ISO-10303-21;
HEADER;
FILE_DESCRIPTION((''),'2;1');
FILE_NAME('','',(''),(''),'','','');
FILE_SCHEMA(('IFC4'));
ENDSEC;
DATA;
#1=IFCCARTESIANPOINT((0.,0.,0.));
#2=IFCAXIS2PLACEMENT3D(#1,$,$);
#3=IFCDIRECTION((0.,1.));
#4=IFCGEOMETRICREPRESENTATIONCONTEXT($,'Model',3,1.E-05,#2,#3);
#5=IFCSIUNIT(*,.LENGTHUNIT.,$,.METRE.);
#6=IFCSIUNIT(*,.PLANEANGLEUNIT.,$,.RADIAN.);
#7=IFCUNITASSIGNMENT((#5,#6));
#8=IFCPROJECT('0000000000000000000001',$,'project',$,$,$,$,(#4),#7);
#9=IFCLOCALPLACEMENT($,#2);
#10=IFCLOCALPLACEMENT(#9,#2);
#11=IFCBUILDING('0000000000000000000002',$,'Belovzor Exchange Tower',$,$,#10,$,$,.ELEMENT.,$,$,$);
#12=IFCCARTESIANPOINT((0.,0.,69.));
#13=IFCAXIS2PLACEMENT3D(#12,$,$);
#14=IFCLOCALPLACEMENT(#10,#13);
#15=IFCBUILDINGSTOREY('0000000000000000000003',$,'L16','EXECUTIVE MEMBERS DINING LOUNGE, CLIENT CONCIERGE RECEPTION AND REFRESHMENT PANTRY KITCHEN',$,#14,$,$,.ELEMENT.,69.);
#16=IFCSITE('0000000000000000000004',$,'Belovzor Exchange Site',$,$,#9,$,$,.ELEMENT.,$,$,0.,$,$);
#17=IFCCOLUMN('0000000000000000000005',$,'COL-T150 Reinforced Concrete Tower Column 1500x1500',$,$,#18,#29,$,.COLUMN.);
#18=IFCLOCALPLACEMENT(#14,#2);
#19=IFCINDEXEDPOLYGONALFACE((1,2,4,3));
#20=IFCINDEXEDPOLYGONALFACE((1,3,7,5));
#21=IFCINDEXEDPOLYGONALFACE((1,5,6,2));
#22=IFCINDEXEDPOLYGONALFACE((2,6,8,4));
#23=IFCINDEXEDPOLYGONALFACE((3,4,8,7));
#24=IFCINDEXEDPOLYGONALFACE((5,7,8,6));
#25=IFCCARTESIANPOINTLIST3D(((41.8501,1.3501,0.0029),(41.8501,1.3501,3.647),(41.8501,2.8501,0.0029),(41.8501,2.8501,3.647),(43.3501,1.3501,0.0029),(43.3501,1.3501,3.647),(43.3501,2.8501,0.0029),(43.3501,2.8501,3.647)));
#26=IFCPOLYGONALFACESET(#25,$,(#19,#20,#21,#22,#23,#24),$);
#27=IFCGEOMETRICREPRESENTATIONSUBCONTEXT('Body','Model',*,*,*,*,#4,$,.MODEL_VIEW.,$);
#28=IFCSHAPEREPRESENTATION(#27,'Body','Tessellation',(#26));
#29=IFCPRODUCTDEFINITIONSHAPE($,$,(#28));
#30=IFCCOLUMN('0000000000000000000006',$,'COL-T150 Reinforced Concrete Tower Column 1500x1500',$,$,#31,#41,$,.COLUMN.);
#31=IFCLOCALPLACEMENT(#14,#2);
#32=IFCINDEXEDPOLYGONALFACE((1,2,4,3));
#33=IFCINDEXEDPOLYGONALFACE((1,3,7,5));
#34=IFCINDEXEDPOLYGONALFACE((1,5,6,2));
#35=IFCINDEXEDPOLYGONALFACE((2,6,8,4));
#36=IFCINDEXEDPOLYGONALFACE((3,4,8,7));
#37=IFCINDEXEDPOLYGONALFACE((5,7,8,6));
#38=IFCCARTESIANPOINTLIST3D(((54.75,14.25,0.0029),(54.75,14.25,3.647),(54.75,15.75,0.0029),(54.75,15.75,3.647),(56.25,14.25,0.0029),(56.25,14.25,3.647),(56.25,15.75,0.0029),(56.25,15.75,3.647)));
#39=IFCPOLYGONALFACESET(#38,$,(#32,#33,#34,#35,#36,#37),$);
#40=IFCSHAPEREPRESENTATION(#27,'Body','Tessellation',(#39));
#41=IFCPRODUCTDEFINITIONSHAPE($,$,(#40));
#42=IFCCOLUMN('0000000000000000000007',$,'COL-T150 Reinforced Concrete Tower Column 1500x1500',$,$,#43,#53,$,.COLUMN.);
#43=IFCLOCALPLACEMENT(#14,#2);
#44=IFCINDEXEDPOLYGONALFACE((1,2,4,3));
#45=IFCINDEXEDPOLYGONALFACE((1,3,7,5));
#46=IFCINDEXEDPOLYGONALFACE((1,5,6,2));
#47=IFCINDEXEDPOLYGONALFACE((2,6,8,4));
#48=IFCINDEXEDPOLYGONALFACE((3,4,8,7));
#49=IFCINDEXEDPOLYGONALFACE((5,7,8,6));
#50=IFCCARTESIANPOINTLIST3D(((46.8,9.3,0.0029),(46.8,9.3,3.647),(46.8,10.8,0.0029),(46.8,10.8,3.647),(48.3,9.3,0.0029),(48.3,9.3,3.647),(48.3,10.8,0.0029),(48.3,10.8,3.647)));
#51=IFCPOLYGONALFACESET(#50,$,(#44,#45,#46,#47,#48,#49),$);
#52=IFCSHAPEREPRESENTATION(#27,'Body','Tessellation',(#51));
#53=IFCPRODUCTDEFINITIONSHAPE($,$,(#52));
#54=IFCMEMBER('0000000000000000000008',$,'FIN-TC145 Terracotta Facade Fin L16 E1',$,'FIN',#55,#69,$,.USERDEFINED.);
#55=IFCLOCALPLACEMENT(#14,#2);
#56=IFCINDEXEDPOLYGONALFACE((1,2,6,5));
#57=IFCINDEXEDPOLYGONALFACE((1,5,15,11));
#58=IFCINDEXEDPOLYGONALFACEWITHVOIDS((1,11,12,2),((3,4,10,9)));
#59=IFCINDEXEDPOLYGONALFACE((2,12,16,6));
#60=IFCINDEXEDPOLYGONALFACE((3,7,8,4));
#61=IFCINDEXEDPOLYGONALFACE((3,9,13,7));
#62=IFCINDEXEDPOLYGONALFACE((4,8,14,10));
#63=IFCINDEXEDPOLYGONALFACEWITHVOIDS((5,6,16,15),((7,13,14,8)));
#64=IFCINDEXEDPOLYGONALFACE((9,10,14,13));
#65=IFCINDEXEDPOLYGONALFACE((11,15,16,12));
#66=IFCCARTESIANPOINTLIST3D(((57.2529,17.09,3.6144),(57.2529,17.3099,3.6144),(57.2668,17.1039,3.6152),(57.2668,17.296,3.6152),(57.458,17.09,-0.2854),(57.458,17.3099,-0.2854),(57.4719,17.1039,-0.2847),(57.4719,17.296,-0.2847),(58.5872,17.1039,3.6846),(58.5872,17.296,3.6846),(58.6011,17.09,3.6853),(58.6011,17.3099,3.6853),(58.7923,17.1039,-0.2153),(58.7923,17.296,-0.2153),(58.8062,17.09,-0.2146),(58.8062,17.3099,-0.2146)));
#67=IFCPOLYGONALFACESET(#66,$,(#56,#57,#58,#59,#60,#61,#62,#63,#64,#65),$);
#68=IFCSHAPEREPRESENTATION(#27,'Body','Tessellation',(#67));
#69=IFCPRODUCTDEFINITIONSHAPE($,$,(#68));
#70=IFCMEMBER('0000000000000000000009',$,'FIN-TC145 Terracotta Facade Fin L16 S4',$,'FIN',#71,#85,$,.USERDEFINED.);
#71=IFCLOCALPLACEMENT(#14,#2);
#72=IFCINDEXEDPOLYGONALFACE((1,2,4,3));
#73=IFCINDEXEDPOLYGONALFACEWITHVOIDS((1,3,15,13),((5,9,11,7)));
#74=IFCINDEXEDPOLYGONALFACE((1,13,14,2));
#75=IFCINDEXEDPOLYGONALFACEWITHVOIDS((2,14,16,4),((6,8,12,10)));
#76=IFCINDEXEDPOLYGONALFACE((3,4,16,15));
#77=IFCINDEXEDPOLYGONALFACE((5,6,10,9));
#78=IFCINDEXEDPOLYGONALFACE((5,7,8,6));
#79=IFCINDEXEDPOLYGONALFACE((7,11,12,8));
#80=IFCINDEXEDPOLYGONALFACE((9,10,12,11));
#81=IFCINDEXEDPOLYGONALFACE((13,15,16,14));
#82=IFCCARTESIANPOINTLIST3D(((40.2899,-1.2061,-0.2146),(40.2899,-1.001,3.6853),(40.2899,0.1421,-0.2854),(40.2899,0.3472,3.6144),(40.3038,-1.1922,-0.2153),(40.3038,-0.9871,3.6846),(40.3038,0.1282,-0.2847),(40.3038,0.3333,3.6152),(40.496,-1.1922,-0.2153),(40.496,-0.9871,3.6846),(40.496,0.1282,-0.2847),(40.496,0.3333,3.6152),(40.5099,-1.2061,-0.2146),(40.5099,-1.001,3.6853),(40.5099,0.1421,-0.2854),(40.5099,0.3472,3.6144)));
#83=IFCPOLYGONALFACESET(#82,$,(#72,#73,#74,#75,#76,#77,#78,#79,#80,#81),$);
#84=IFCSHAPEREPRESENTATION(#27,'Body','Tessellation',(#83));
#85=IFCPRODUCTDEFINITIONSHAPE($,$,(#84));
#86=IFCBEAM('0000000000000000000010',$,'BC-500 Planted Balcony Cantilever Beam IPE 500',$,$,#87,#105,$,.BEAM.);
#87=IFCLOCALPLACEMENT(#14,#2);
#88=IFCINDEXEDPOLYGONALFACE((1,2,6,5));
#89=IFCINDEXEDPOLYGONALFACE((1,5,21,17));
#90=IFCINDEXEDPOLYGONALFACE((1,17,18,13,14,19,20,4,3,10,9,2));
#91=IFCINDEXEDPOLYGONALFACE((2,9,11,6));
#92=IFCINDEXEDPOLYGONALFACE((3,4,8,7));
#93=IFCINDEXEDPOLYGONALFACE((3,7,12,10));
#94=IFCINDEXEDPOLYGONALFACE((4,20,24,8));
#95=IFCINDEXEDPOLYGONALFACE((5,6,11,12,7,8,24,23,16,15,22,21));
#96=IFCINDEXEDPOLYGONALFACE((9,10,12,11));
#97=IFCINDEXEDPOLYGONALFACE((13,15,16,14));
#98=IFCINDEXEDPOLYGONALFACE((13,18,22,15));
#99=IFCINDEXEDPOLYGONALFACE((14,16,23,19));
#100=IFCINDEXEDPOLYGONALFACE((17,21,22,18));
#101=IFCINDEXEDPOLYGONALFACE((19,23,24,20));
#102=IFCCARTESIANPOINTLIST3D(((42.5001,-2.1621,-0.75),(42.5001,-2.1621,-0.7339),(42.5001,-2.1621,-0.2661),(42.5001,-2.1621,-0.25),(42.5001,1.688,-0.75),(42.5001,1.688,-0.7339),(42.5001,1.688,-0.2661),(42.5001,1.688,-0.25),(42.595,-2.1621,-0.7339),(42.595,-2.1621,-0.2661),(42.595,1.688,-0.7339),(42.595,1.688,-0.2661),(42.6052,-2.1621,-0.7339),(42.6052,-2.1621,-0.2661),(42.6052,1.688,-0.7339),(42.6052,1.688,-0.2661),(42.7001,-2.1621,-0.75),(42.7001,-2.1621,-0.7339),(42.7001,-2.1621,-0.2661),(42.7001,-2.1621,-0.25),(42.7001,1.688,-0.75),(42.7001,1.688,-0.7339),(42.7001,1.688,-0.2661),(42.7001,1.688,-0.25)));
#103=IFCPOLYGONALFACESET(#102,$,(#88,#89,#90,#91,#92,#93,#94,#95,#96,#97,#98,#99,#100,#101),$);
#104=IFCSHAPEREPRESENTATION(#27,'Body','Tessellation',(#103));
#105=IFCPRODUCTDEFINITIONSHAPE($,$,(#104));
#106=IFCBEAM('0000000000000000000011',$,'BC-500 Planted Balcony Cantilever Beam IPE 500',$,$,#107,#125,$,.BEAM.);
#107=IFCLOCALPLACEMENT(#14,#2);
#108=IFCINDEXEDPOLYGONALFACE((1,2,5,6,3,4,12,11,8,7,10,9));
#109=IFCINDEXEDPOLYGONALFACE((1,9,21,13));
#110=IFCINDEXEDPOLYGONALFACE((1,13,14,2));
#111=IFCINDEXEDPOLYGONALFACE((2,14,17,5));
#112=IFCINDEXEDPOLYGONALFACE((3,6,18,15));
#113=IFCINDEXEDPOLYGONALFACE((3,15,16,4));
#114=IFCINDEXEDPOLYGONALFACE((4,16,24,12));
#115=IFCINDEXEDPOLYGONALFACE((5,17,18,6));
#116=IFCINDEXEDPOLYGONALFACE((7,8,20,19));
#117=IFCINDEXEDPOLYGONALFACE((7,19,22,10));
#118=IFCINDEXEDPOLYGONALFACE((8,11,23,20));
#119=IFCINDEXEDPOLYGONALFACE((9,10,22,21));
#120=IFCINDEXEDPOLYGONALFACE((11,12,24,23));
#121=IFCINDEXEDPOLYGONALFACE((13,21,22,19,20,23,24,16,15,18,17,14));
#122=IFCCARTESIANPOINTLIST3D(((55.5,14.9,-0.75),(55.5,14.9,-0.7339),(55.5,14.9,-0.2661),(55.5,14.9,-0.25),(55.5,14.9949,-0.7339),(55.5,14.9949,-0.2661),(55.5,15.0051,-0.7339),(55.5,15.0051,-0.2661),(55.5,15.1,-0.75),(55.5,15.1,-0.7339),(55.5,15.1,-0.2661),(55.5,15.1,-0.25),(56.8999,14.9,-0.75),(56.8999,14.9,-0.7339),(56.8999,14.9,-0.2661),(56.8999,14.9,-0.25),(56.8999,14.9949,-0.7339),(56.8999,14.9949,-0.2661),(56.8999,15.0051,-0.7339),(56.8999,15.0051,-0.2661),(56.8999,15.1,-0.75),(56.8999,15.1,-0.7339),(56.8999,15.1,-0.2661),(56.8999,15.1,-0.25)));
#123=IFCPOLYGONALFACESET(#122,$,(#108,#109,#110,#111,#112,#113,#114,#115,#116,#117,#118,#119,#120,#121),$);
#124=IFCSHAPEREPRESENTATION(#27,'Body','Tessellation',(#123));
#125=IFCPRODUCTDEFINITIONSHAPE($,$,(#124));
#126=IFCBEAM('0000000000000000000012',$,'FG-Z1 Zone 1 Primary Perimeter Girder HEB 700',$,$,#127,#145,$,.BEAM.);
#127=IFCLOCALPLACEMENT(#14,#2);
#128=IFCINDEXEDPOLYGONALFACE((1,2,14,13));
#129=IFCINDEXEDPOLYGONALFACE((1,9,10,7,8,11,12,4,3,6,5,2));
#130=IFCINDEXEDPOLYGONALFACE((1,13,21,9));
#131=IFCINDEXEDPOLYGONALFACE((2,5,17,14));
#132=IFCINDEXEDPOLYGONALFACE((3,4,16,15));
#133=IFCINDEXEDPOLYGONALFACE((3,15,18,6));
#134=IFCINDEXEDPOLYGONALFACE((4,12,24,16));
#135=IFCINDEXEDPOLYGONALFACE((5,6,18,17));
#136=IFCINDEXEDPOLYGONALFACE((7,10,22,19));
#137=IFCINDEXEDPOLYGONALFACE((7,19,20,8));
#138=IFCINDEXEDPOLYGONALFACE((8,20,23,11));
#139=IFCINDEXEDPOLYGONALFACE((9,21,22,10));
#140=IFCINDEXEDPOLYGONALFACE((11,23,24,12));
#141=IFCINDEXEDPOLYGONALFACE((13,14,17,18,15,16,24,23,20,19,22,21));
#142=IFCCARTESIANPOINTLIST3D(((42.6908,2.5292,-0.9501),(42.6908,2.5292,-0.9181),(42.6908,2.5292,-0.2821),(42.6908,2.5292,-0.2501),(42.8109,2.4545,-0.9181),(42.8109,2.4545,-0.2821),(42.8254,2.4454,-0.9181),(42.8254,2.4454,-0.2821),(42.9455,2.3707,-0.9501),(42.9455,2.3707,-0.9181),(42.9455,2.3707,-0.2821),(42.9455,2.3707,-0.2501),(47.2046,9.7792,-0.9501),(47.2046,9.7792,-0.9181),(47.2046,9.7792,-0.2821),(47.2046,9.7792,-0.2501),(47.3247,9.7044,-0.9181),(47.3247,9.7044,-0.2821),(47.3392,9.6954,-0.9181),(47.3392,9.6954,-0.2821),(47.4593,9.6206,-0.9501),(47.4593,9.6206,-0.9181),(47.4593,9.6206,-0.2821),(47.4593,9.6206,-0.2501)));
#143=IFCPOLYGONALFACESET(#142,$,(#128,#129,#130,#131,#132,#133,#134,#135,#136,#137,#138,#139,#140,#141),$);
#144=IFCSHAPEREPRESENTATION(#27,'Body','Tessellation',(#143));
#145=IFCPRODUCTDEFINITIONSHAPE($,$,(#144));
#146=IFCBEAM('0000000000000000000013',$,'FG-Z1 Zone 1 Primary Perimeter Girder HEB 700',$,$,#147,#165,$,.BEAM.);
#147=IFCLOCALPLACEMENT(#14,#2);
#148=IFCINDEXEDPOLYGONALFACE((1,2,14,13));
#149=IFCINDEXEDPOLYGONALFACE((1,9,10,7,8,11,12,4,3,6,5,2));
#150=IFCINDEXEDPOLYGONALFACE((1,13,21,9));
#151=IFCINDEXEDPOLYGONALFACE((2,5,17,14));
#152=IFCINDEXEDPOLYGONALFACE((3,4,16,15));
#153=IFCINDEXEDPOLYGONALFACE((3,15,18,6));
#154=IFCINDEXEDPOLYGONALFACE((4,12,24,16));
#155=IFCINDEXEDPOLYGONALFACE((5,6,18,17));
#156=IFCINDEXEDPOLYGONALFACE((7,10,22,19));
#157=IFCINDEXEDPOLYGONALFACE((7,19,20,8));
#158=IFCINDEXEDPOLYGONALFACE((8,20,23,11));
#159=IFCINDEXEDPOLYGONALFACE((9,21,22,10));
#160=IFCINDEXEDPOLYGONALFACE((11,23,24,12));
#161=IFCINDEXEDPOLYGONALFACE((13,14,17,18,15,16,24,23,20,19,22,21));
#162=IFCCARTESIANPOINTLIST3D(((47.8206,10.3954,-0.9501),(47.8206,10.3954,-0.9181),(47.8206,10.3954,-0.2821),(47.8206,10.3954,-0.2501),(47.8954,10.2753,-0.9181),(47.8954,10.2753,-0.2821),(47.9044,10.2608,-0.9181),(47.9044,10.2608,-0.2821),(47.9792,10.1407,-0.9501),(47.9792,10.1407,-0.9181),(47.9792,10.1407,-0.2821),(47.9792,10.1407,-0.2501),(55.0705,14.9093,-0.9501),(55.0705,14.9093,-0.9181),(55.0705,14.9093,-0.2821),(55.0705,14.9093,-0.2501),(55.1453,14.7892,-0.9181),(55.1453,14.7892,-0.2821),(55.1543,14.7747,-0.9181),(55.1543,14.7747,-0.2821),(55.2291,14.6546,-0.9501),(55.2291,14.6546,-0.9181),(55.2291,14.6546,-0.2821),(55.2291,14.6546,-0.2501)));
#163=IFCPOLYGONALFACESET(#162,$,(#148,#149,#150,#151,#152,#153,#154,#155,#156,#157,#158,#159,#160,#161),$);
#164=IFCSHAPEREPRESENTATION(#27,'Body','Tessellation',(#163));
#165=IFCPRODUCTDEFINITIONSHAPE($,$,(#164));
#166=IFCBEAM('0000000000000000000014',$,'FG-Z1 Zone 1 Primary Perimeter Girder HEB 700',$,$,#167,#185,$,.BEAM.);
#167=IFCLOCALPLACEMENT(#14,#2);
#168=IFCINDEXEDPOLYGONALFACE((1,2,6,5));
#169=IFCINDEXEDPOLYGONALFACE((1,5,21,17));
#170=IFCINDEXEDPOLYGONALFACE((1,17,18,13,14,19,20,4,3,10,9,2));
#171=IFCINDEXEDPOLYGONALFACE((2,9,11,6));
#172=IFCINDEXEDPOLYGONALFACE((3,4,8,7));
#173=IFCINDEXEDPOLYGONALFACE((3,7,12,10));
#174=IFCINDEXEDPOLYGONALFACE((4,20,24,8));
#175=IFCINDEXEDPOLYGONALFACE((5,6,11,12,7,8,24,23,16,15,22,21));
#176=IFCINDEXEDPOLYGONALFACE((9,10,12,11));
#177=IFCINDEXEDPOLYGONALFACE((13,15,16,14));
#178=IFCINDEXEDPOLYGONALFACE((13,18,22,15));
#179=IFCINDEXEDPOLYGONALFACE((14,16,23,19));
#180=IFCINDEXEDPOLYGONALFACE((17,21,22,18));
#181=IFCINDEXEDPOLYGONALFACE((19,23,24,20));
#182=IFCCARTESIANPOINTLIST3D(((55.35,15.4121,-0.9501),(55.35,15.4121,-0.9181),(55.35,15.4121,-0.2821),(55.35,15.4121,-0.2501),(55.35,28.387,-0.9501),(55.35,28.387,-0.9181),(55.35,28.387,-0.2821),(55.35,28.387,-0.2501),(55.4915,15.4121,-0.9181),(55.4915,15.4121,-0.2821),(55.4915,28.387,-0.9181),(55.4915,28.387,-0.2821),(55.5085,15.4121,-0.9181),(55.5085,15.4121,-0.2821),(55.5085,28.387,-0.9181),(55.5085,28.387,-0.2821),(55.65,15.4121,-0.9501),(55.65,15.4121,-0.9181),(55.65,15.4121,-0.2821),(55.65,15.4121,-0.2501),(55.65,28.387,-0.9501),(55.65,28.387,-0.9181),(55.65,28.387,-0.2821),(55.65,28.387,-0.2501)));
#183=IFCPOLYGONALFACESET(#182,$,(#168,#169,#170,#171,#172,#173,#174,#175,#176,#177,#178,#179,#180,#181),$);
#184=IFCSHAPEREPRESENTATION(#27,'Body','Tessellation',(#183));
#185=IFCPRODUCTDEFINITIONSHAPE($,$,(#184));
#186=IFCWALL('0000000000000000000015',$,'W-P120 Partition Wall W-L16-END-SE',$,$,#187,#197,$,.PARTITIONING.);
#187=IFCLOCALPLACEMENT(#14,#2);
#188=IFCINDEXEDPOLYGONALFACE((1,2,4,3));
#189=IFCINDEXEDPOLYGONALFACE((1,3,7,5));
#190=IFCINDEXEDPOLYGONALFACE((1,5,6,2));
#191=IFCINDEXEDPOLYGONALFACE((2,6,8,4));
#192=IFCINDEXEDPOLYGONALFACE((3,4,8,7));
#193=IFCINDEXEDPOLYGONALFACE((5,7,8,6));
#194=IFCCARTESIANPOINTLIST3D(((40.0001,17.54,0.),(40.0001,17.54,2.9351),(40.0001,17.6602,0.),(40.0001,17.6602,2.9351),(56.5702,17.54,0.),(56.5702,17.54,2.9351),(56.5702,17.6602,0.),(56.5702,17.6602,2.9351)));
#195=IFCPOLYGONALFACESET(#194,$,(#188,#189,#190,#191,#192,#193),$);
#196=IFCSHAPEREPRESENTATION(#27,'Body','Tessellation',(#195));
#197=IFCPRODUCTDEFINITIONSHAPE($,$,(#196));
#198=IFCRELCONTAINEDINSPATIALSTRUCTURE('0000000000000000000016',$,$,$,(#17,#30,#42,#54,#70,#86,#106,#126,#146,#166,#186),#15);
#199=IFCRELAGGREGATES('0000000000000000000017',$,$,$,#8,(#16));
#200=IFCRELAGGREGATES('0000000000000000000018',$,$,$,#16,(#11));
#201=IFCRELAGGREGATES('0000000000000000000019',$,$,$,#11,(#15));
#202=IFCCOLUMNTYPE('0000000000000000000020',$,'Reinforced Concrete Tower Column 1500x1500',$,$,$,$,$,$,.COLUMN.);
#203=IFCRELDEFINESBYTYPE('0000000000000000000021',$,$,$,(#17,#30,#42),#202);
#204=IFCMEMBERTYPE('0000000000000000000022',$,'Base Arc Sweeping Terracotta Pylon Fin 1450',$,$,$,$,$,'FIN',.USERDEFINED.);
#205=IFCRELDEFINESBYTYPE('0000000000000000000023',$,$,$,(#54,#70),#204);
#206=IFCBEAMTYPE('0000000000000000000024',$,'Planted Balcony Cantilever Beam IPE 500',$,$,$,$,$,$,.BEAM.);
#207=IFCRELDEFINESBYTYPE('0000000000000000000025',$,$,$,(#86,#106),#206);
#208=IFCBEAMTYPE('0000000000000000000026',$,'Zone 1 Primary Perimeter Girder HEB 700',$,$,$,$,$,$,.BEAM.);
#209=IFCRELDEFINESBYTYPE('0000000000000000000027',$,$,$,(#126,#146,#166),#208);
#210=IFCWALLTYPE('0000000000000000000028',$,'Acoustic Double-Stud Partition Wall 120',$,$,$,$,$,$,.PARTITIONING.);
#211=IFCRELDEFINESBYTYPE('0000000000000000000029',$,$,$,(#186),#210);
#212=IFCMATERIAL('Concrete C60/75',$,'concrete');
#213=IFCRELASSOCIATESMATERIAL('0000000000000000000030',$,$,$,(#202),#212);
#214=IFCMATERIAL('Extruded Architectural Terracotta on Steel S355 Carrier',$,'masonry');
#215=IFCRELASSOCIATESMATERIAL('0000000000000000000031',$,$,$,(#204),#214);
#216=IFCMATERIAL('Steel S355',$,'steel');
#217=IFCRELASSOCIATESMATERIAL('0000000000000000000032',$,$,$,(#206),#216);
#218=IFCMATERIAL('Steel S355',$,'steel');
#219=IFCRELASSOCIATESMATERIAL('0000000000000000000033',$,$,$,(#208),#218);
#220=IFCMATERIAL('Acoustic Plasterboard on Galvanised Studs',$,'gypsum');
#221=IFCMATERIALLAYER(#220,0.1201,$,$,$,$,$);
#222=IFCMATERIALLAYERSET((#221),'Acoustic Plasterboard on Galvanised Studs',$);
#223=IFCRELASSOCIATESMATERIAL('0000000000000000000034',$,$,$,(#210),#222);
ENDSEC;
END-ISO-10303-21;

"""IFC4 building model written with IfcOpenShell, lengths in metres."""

from ifc_helpers import new_model, si_unit, direction, frame, frame_2d, origin, origin_2d, place, context, subcontext, project, spatial, rectangle, hollow_rectangle, i_section, extrude, material, layer, layer_set, material_profile, profile_set, type_object, element, save


model = new_model("IFC4")

# Units and contexts
model_context = context("Model", 3, precision=1e-05, world=origin(), true_north=direction((0.0, 1.0)))
body_context = subcontext(model_context, "Body", "Model", "MODEL_VIEW")
ifc_project = project(units=[si_unit("LENGTHUNIT", "METRE"), si_unit("PLANEANGLEUNIT", "RADIAN")], contexts=[model_context])

# Site, building, storey
site_placement = place(None, origin())
site = spatial("IfcSite", under=ifc_project, at=site_placement, Name="Belovzor Exchange Site", CompositionType="ELEMENT", RefElevation=0.0)
building_placement = place(site_placement, origin())
building = spatial("IfcBuilding", under=site, at=building_placement, Name="Belovzor Exchange Tower", CompositionType="ELEMENT")
storey_placement = place(building_placement, frame((0.0, 0.0, 69.0)))
storey = spatial("IfcBuildingStorey", under=building, at=storey_placement, Name="L16", Description="EXECUTIVE MEMBERS DINING LOUNGE, CLIENT CONCIERGE RECEPTION AND REFRESHMENT PANTRY KITCHEN", CompositionType="ELEMENT", Elevation=69.0)

# Columns
ifc_material_1 = material(Name="Concrete C60/75", Category="concrete")
ifc_material_profile_1 = material_profile(ifc_material_1, rectangle(XDim=1.5, YDim=1.5, at=origin_2d()))
ifc_profile_set_1 = profile_set([ifc_material_profile_1], Name="Concrete C60/75")
column_type = type_object("IfcColumnType", Name="Reinforced Concrete Tower Column 1500x1500", PredefinedType="COLUMN", material=ifc_profile_set_1)
for number, where, z_axis, x_axis, name in (
    (1, (42.6001, 2.1001, 0.0029), (0.0, 0.0, 1.0), (1.0, 0.0, 0.0), "COL-T150 Reinforced Concrete Tower Column 1500x1500"),
    (2, (55.5, 15.0, 0.0029), (0.0, 0.0, 1.0), (1.0, 0.0, 0.0), "COL-T150 Reinforced Concrete Tower Column 1500x1500"),
    (3, (47.55, 10.05, 0.0029), (0.0, 0.0, 1.0), (1.0, 0.0, 0.0), "COL-T150 Reinforced Concrete Tower Column 1500x1500"),
):
    element("IfcColumn", number, at=place(storey_placement, frame(where, z_axis=z_axis, x_axis=x_axis)), inside=storey, type_object=column_type, Name=name, PredefinedType="COLUMN", context=body_context, shape_type="SweptSolid", body=[
        extrude(rectangle(XDim=1.5, YDim=1.5, at=origin_2d()), origin(), (0.0, 0.0, 1.0), 3.644),
    ])

# Members
ifc_material_2 = material(Name="Extruded Architectural Terracotta on Steel S355 Carrier", Category="masonry")
ifc_material_profile_2 = material_profile(ifc_material_2, hollow_rectangle(XDim=0.22, YDim=1.3501, WallThickness=0.0139, at=origin_2d()))
ifc_profile_set_2 = profile_set([ifc_material_profile_2], Name="Extruded Architectural Terracotta on Steel S355 Carrier")
member_type = type_object("IfcMemberType", Name="Base Arc Sweeping Terracotta Pylon Fin 1450", ElementType="FIN", PredefinedType="USERDEFINED", material=ifc_profile_set_2)
for number, where, z_axis, x_axis, name in (
    (4, (58.1321, 17.2, -0.25), (-0.052513, 0.0, 0.99862), (0.0, -1.0, 0.0), "FIN-TC145 Terracotta Facade Fin L16 E1"),
    (5, (40.3999, -0.532, -0.25), (0.0, 0.052513, 0.99862), (-1.0, 0.0, 0.0), "FIN-TC145 Terracotta Facade Fin L16 S4"),
):
    element("IfcMember", number, at=place(storey_placement, frame(where, z_axis=z_axis, x_axis=x_axis)), inside=storey, type_object=member_type, Name=name, ObjectType="FIN", PredefinedType="USERDEFINED", context=body_context, shape_type="SweptSolid", body=[
        extrude(hollow_rectangle(XDim=0.22, YDim=1.3501, WallThickness=0.0139, at=origin_2d()), origin(), (0.0, 0.0, 1.0), 3.9053),
    ])

# Beams
ifc_material_3 = material(Name="Steel S355", Category="steel")
ifc_material_profile_3 = material_profile(ifc_material_3, i_section(OverallWidth=0.2, OverallDepth=0.5, WebThickness=0.0103, FlangeThickness=0.0161, at=origin_2d()))
ifc_profile_set_3 = profile_set([ifc_material_profile_3], Name="Steel S355")
beam_type_1 = type_object("IfcBeamType", Name="Planted Balcony Cantilever Beam IPE 500", PredefinedType="BEAM", material=ifc_profile_set_3)
beam_1_placement = place(storey_placement, frame((42.6001, 1.688, -0.5), z_axis=(0.0, -1.0, 0.0), x_axis=(1.0, 0.0, 0.0)))
element("IfcBeam", 6, at=beam_1_placement, inside=storey, type_object=beam_type_1, Name="BC-500 Planted Balcony Cantilever Beam IPE 500", PredefinedType="BEAM", context=body_context, shape_type="SweptSolid", body=[
    extrude(i_section(OverallWidth=0.2, OverallDepth=0.5, WebThickness=0.0103, FlangeThickness=0.0161, at=origin_2d()), origin(), (0.0, 0.0, 1.0), 3.8501),
])
beam_2_placement = place(storey_placement, frame((55.5, 15.0, -0.5), z_axis=(1.0, 0.0, 0.0), x_axis=(0.0, 1.0, 0.0)))
element("IfcBeam", 7, at=beam_2_placement, inside=storey, type_object=beam_type_1, Name="BC-500 Planted Balcony Cantilever Beam IPE 500", PredefinedType="BEAM", context=body_context, shape_type="SweptSolid", body=[
    extrude(i_section(OverallWidth=0.2, OverallDepth=0.5, WebThickness=0.0103, FlangeThickness=0.0161, at=origin_2d()), origin(), (0.0, 0.0, 1.0), 1.3999),
])
ifc_material_4 = material(Name="Steel S355", Category="steel")
ifc_material_profile_4 = material_profile(ifc_material_4, i_section(OverallWidth=0.3, OverallDepth=0.7, WebThickness=0.0171, FlangeThickness=0.032, at=origin_2d()))
ifc_profile_set_4 = profile_set([ifc_material_profile_4], Name="Steel S355")
beam_type_2 = type_object("IfcBeamType", Name="Zone 1 Primary Perimeter Girder HEB 700", PredefinedType="BEAM", material=ifc_profile_set_4)
for number, where, z_axis, x_axis, name in (
    (8, (42.8181, 2.45, -0.6001), (0.528539, 0.848909, 0.0), (-0.848909, 0.528539, 0.0), "FG-Z1 Zone 1 Primary Perimeter Girder HEB 700"),
    (9, (47.8999, 10.2681, -0.6001), (0.848909, 0.528539, 0.0), (-0.528539, 0.848909, 0.0), "FG-Z1 Zone 1 Primary Perimeter Girder HEB 700"),
):
    element("IfcBeam", number, at=place(storey_placement, frame(where, z_axis=z_axis, x_axis=x_axis)), inside=storey, type_object=beam_type_2, Name=name, PredefinedType="BEAM", context=body_context, shape_type="SweptSolid", body=[
        extrude(i_section(OverallWidth=0.3, OverallDepth=0.7, WebThickness=0.0171, FlangeThickness=0.032, at=origin_2d()), origin(), (0.0, 0.0, 1.0), 8.5403),
    ])
beam_3_placement = place(storey_placement, frame((55.5, 15.4121, -0.6001), z_axis=(0.0, 1.0, 0.0), x_axis=(-1.0, 0.0, 0.0)))
element("IfcBeam", 10, at=beam_3_placement, inside=storey, type_object=beam_type_2, Name="FG-Z1 Zone 1 Primary Perimeter Girder HEB 700", PredefinedType="BEAM", context=body_context, shape_type="SweptSolid", body=[
    extrude(i_section(OverallWidth=0.3, OverallDepth=0.7, WebThickness=0.0171, FlangeThickness=0.032, at=origin_2d()), origin(), (0.0, 0.0, 1.0), 12.9749),
])

# Wall
ifc_material_5 = material(Name="Acoustic Plasterboard on Galvanised Studs", Category="gypsum")
ifc_layer_1 = layer(ifc_material_5, 0.1201)
ifc_layer_set_1 = layer_set([ifc_layer_1], Name="Acoustic Plasterboard on Galvanised Studs")
wall_type_1 = type_object("IfcWallType", Name="Acoustic Double-Stud Partition Wall 120", PredefinedType="PARTITIONING", material=ifc_layer_set_1)
wall_1_placement = place(storey_placement, frame((40.0, 17.6001, 0.0), z_axis=(0.0, 0.0, 1.0), x_axis=(1.0, 0.0, 0.0)))
element("IfcWall", 11, at=wall_1_placement, inside=storey, type_object=wall_type_1, Name="W-P120 Partition Wall W-L16-END-SE", PredefinedType="PARTITIONING", context=body_context, shape_type="SweptSolid", body=[
    extrude(rectangle(XDim=16.5701, YDim=0.1201, at=frame_2d((8.2852, 0.0))), origin(), (0.0, 0.0, 1.0), 2.9351),
])

save(model, "model.ifc")
